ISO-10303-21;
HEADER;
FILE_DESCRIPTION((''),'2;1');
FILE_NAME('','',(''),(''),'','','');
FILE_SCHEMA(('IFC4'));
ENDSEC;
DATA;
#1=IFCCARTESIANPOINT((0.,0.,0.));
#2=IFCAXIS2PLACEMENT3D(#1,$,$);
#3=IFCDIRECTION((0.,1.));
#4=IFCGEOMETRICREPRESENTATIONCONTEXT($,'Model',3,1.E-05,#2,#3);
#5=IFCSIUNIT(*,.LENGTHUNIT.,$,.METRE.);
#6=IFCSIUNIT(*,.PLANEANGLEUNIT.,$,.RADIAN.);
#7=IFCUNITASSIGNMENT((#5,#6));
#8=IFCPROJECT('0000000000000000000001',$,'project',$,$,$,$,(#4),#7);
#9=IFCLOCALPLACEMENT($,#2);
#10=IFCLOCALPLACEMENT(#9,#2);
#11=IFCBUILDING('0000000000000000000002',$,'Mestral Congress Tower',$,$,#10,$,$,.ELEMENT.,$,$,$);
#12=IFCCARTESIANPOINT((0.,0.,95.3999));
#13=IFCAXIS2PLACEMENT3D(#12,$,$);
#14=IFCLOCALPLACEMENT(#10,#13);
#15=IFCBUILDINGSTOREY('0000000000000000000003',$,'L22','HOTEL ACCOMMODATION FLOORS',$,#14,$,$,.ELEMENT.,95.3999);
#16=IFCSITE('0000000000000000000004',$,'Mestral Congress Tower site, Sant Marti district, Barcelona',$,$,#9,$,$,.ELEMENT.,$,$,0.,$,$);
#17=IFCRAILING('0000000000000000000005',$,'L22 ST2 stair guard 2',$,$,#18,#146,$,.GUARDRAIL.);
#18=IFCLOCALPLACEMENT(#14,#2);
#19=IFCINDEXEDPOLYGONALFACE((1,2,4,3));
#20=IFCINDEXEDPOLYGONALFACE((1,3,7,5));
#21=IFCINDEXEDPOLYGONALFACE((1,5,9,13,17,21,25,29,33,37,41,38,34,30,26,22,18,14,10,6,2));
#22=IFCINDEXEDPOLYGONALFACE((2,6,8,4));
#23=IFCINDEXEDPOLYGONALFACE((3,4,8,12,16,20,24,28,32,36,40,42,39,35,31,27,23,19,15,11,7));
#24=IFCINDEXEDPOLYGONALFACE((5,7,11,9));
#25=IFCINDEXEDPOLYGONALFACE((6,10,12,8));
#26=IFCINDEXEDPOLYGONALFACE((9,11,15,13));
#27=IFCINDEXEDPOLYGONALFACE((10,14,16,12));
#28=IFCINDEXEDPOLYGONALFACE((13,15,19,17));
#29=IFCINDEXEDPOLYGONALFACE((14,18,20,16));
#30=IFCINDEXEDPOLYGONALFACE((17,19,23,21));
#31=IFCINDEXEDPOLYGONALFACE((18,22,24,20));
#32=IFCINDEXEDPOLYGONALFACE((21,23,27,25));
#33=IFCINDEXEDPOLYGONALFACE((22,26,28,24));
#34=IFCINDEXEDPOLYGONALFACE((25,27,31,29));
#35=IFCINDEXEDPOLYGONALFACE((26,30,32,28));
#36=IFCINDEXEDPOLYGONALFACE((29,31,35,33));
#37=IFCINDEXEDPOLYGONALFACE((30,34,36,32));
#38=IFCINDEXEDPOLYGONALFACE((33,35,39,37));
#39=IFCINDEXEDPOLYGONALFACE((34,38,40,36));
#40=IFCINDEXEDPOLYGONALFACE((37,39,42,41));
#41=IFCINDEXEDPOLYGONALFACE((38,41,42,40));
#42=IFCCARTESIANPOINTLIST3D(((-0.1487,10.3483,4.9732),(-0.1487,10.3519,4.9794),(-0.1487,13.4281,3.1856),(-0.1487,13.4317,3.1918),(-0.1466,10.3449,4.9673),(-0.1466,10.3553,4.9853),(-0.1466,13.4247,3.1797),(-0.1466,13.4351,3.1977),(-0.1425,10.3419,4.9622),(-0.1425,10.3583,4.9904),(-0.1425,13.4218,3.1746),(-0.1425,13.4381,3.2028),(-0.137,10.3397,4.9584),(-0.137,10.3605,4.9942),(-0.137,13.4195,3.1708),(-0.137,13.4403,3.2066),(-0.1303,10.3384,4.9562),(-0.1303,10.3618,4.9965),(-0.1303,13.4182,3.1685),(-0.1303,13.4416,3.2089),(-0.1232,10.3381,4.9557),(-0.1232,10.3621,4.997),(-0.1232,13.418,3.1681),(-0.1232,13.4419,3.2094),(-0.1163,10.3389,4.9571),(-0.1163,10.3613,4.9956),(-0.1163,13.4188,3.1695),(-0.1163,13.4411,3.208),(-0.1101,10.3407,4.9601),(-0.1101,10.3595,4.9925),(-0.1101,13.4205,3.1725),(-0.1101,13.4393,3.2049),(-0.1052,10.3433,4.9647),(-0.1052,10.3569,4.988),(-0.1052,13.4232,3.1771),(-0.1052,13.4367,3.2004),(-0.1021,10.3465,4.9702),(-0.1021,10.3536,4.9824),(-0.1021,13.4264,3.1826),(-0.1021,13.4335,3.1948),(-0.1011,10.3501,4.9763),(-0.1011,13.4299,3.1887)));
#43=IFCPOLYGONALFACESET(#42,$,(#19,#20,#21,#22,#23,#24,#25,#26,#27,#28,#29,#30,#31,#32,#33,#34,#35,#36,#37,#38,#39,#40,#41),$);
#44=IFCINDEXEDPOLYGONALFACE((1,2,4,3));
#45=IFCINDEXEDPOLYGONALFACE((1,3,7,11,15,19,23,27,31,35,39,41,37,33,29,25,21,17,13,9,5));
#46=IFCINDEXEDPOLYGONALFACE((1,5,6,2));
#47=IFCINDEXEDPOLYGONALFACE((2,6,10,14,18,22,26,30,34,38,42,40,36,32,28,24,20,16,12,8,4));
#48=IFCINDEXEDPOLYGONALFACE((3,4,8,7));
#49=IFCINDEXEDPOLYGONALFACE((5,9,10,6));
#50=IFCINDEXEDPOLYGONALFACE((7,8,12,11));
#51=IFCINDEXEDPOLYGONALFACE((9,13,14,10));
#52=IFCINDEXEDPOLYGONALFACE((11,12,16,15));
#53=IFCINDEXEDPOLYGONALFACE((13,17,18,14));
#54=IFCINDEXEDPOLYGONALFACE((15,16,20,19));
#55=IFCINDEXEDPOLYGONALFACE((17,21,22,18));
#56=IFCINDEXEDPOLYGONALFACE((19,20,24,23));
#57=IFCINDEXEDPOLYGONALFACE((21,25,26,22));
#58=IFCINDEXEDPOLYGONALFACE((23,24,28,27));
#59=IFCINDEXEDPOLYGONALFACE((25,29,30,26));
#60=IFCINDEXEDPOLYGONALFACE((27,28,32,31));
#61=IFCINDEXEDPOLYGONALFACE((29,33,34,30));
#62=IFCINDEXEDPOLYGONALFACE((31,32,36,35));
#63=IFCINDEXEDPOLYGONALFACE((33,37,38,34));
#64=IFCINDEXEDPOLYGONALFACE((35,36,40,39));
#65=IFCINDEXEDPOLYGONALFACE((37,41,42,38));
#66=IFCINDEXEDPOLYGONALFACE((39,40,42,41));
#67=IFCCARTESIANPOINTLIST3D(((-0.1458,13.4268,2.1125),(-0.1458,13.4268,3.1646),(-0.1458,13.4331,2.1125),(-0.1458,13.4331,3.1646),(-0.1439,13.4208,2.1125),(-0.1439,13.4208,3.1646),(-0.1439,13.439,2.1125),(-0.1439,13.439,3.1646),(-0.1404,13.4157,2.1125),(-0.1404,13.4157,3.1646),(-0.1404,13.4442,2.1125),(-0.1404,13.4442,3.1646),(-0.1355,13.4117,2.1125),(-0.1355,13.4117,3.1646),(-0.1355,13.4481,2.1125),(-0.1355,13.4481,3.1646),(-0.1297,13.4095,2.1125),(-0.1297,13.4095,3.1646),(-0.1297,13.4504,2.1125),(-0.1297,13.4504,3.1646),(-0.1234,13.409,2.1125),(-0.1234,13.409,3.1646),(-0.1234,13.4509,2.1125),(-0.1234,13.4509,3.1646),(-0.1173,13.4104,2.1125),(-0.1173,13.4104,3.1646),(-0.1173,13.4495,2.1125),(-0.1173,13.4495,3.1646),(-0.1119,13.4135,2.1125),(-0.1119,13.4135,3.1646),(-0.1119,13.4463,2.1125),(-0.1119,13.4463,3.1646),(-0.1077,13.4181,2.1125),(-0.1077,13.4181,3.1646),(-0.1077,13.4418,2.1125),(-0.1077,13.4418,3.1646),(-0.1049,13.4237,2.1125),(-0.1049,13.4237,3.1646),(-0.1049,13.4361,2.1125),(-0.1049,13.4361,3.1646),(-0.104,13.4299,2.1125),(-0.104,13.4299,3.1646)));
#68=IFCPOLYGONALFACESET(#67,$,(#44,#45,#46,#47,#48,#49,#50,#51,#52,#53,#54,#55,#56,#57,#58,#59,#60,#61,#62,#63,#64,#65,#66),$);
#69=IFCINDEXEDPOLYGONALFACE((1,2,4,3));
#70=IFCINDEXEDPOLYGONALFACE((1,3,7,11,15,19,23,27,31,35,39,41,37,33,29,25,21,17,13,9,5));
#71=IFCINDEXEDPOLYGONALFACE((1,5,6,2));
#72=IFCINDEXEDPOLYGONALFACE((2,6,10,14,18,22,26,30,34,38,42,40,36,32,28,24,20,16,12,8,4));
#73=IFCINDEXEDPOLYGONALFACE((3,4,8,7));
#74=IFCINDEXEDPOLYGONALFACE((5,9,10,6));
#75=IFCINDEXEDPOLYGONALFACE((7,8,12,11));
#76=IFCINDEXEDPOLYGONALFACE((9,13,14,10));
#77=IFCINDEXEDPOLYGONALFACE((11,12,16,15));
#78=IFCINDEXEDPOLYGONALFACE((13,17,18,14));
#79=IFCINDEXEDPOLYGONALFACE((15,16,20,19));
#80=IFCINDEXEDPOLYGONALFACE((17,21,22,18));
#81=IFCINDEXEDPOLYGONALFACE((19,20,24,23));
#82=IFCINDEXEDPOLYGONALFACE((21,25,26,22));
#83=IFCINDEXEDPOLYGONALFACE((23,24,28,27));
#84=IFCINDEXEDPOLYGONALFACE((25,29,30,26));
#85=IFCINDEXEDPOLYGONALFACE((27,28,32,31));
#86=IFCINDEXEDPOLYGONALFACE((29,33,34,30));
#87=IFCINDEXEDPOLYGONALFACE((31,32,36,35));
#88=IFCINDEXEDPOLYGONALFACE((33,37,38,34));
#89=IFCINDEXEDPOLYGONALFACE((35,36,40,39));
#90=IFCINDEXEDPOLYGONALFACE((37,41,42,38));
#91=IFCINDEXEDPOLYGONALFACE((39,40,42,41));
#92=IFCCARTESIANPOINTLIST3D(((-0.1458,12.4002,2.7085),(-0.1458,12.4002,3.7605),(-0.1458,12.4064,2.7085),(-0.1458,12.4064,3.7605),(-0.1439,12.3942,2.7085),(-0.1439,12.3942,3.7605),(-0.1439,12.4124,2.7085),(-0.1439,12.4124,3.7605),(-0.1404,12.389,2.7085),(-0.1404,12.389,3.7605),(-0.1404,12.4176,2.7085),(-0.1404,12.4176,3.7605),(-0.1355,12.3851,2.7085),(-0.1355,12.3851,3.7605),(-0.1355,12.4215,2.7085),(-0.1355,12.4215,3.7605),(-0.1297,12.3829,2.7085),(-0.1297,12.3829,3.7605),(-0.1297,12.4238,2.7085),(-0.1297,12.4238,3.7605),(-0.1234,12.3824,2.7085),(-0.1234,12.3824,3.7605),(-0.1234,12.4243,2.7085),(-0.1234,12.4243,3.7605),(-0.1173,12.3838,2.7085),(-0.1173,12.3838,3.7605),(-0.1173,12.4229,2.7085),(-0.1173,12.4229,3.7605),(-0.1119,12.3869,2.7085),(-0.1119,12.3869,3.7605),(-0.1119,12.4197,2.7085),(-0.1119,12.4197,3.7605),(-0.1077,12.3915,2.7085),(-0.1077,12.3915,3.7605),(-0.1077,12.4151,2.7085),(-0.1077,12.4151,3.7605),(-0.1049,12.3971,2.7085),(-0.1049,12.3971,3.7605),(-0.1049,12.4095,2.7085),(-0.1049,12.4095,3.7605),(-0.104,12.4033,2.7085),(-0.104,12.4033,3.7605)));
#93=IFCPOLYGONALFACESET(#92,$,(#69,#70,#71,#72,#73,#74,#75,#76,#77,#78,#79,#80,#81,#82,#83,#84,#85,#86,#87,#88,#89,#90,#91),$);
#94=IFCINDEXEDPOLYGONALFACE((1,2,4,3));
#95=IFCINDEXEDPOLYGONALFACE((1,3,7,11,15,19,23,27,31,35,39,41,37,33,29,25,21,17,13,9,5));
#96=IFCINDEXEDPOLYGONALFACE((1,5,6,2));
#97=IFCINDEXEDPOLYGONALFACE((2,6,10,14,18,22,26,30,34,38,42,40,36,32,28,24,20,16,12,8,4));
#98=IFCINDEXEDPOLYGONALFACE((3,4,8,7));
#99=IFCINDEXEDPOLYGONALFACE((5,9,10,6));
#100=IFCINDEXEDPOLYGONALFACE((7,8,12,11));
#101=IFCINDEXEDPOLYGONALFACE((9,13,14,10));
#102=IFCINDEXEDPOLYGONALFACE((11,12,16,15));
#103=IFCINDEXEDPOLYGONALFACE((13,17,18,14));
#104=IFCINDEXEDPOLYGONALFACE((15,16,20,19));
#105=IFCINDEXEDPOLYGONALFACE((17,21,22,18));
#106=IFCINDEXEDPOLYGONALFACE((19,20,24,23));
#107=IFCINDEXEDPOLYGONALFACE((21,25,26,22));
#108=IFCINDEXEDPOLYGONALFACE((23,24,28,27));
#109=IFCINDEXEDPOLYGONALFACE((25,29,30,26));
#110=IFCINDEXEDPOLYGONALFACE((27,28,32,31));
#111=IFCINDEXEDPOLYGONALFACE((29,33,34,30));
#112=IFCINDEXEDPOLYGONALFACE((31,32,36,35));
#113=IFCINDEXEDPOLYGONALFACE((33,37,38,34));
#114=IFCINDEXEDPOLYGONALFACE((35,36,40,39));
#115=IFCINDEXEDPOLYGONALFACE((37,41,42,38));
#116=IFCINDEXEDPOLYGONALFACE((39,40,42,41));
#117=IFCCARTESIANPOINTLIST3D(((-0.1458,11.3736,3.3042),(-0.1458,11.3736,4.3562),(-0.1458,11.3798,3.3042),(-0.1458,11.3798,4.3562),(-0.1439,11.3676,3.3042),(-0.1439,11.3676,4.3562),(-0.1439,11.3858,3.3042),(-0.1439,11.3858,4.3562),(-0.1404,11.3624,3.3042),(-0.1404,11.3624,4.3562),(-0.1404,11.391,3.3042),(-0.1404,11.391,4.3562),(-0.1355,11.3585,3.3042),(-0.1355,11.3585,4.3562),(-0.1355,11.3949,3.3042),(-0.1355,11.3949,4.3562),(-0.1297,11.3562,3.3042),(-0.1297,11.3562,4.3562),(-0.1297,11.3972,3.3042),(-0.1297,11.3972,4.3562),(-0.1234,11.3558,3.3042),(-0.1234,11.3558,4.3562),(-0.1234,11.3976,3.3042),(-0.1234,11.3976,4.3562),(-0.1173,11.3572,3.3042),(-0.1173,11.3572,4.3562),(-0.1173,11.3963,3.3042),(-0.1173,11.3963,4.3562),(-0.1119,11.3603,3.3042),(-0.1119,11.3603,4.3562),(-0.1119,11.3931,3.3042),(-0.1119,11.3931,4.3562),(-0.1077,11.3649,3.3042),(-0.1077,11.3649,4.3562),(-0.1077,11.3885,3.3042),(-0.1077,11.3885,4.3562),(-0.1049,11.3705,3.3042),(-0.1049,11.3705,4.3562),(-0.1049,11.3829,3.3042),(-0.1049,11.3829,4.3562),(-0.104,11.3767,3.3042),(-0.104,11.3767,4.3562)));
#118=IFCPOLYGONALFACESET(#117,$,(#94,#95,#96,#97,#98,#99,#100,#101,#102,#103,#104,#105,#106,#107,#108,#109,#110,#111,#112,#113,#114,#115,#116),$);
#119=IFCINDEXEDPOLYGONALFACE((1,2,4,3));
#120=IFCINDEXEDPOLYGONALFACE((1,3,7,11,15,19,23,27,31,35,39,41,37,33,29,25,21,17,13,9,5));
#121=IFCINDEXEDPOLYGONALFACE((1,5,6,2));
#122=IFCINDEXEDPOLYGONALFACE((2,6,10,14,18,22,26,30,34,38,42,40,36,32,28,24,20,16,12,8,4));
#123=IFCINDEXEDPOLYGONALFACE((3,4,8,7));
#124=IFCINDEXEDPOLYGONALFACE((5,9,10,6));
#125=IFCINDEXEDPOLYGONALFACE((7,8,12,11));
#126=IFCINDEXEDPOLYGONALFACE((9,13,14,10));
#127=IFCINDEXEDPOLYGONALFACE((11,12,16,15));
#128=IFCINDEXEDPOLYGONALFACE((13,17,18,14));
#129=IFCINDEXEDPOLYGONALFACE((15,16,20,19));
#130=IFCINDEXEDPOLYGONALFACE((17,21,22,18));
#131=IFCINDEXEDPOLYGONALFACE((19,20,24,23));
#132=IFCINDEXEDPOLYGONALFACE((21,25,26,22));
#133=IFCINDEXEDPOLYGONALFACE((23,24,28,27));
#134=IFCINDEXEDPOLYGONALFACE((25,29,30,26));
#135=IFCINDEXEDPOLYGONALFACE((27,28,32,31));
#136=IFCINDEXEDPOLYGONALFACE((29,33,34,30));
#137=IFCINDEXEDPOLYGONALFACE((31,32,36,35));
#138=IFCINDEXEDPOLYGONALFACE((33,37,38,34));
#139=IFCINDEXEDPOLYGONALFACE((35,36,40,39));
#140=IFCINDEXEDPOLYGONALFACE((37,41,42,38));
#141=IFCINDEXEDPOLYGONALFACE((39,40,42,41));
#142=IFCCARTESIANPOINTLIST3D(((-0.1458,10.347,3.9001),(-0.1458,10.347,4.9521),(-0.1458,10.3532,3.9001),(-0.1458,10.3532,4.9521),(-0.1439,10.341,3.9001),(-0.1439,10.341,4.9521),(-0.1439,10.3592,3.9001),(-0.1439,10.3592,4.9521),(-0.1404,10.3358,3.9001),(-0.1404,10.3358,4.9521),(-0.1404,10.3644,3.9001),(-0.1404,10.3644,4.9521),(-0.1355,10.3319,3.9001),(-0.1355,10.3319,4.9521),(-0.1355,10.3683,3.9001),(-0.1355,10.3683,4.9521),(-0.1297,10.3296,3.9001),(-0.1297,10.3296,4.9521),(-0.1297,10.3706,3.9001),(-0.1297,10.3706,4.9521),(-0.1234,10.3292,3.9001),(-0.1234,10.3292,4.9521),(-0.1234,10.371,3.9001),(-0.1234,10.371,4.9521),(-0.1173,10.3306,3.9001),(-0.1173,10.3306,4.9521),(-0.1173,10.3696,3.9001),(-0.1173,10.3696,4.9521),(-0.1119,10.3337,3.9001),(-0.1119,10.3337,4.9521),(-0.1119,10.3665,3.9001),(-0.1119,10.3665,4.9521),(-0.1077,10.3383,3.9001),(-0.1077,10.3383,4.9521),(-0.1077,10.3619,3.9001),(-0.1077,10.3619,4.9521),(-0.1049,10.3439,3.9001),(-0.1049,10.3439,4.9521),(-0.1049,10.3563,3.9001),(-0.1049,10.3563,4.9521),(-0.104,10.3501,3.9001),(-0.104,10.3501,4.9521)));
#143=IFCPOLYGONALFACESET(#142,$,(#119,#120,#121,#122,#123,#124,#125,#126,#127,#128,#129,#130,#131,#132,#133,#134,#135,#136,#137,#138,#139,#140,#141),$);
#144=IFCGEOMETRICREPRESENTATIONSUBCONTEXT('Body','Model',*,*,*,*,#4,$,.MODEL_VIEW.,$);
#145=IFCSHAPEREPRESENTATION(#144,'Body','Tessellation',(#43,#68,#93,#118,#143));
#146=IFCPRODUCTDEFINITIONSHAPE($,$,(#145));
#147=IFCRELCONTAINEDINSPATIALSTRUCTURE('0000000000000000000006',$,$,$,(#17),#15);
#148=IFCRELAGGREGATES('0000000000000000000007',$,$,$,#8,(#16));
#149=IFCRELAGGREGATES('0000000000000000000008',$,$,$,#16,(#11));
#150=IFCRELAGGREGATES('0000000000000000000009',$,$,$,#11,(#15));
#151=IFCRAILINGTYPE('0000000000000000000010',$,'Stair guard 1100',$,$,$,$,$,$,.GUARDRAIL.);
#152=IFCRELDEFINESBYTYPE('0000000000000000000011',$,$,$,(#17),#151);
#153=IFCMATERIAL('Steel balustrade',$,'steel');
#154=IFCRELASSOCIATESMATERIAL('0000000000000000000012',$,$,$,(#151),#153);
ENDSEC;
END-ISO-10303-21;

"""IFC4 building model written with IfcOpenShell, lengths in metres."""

from ifc_helpers import new_model, si_unit, direction, frame, origin, origin_2d, place, context, subcontext, project, spatial, circle, extrude, material, type_object, element, save


model = new_model("IFC4")

# Units and contexts
model_context = context("Model", 3, precision=1e-05, world=origin(), true_north=direction((0.0, 1.0)))
body_context = subcontext(model_context, "Body", "Model", "MODEL_VIEW")
ifc_project = project(units=[si_unit("LENGTHUNIT", "METRE"), si_unit("PLANEANGLEUNIT", "RADIAN")], contexts=[model_context])

# Site, building, storey
site_placement = place(None, origin())
site = spatial("IfcSite", under=ifc_project, at=site_placement, Name="Mestral Congress Tower site, Sant Marti district, Barcelona", CompositionType="ELEMENT", RefElevation=0.0)
building_placement = place(site_placement, origin())
building = spatial("IfcBuilding", under=site, at=building_placement, Name="Mestral Congress Tower", CompositionType="ELEMENT")
storey_placement = place(building_placement, frame((0.0, 0.0, 95.3999)))
storey = spatial("IfcBuildingStorey", under=building, at=storey_placement, Name="L22", Description="HOTEL ACCOMMODATION FLOORS", CompositionType="ELEMENT", Elevation=95.3999)

# Railing
ifc_material_1 = material(Name="Steel balustrade", Category="steel")
railing_type = type_object("IfcRailingType", Name="Stair guard 1100", PredefinedType="GUARDRAIL", material=ifc_material_1)
railing_placement = place(storey_placement, frame((-0.125, 13.4299, 2.1125)))
element("IfcRailing", 1, at=railing_placement, inside=storey, type_object=railing_type, Name="L22 ST2 stair guard 2", PredefinedType="GUARDRAIL", context=body_context, shape_type="SweptSolid", body=[
    extrude(circle(Radius=0.0239, at=origin_2d()), frame((0.0, 0.0, 1.0762), z_axis=(0.0, -0.864873, 0.50199), x_axis=(1.0, 0.0, 0.0)), (0.0, 0.0, 1.0), 3.561),
    extrude(circle(Radius=0.021, at=origin_2d()), origin(), (0.0, 0.0, 1.0), 1.052),
    extrude(circle(Radius=0.021, at=origin_2d()), frame((0.0, -1.0266, 0.5959)), (0.0, 0.0, 1.0), 1.052),
    extrude(circle(Radius=0.021, at=origin_2d()), frame((0.0, -2.0532, 1.1917)), (0.0, 0.0, 1.0), 1.052),
    extrude(circle(Radius=0.021, at=origin_2d()), frame((0.0, -3.0798, 1.7876)), (0.0, 0.0, 1.0), 1.052),
])

save(model, "model.ifc")
